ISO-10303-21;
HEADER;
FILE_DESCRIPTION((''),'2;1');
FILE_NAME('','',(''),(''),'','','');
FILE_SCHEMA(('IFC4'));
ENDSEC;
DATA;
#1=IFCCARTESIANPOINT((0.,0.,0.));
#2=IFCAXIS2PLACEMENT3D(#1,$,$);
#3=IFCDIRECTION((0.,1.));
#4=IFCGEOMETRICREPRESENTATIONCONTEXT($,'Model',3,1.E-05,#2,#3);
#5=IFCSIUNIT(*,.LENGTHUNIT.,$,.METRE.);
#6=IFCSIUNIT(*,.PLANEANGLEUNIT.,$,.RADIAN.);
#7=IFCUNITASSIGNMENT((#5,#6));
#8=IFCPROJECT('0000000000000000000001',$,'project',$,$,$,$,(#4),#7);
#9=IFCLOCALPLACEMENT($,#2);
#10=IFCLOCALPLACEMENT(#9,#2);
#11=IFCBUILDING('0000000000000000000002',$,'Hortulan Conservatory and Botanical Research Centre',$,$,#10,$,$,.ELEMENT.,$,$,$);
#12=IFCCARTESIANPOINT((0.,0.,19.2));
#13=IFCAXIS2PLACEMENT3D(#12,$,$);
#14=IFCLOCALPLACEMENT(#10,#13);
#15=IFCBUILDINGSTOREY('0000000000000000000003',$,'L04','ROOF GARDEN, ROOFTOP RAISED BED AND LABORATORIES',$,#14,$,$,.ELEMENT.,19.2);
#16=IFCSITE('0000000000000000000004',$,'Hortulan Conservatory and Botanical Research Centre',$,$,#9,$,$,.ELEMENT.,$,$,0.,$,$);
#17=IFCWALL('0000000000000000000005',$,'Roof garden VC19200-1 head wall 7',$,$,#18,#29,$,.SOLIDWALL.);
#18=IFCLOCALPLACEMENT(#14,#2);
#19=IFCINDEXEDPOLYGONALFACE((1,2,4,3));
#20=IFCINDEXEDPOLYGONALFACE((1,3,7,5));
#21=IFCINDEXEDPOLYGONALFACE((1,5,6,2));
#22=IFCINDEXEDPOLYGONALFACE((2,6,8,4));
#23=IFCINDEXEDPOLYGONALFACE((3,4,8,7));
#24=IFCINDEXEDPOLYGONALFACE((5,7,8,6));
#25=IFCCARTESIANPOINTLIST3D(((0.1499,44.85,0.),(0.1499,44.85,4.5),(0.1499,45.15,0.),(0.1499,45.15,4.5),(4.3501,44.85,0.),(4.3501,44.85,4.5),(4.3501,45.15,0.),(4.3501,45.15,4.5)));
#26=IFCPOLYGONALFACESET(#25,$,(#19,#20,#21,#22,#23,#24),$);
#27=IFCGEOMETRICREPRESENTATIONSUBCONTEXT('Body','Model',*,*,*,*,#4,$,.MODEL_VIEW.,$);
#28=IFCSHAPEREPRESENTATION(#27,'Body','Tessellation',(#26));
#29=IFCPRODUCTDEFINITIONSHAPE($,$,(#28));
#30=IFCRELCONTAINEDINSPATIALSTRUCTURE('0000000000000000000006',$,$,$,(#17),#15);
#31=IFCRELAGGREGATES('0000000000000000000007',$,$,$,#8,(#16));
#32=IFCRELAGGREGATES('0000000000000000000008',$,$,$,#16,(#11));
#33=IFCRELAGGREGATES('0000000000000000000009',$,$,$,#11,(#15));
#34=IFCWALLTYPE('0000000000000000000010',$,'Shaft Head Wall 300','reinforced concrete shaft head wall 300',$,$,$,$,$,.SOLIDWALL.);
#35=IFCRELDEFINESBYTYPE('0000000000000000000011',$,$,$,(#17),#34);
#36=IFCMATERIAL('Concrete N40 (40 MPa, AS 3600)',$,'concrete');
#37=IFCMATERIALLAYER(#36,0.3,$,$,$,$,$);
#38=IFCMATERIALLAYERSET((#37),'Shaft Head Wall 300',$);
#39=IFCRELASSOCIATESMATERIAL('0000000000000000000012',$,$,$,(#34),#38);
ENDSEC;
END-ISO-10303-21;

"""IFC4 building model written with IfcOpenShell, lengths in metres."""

from ifc_helpers import new_model, si_unit, direction, frame, frame_2d, origin, place, context, subcontext, project, spatial, rectangle, extrude, material, layer, layer_set, type_object, element, save


model = new_model("IFC4")

# Units and contexts
model_context = context("Model", 3, precision=1e-05, world=origin(), true_north=direction((0.0, 1.0)))
body_context = subcontext(model_context, "Body", "Model", "MODEL_VIEW")
ifc_project = project(units=[si_unit("LENGTHUNIT", "METRE"), si_unit("PLANEANGLEUNIT", "RADIAN")], contexts=[model_context])

# Site, building, storey
site_placement = place(None, origin())
site = spatial("IfcSite", under=ifc_project, at=site_placement, Name="Hortulan Conservatory and Botanical Research Centre", CompositionType="ELEMENT", RefElevation=0.0)
building_placement = place(site_placement, origin())
building = spatial("IfcBuilding", under=site, at=building_placement, Name="Hortulan Conservatory and Botanical Research Centre", CompositionType="ELEMENT")
storey_placement = place(building_placement, frame((0.0, 0.0, 19.2)))
storey = spatial("IfcBuildingStorey", under=building, at=storey_placement, Name="L04", Description="ROOF GARDEN, ROOFTOP RAISED BED AND LABORATORIES", CompositionType="ELEMENT", Elevation=19.2)

# Shared definitions
ifc_material_1 = material(Name="Concrete N40 (40 MPa, AS 3600)", Category="concrete")

# Shared definitions
ifc_layer_1 = layer(ifc_material_1, 0.3)
ifc_layer_set_1 = layer_set([ifc_layer_1], Name="Shaft Head Wall 300")
wall_type_1 = type_object("IfcWallType", Name="Shaft Head Wall 300", Description="reinforced concrete shaft head wall 300", PredefinedType="SOLIDWALL", material=ifc_layer_set_1)

# Wall
wall_1_placement = place(storey_placement, frame((0.1499, 45.0, 0.0), z_axis=(0.0, 0.0, 1.0), x_axis=(1.0, 0.0, 0.0)))
element("IfcWall", 1, at=wall_1_placement, inside=storey, type_object=wall_type_1, Name="Roof garden VC19200-1 head wall 7", PredefinedType="SOLIDWALL", context=body_context, shape_type="SweptSolid", body=[
    extrude(rectangle(XDim=4.2002, YDim=0.3, at=frame_2d((2.1001, 0.0))), origin(), (0.0, 0.0, 1.0), 4.5),
])

save(model, "model.ifc")
